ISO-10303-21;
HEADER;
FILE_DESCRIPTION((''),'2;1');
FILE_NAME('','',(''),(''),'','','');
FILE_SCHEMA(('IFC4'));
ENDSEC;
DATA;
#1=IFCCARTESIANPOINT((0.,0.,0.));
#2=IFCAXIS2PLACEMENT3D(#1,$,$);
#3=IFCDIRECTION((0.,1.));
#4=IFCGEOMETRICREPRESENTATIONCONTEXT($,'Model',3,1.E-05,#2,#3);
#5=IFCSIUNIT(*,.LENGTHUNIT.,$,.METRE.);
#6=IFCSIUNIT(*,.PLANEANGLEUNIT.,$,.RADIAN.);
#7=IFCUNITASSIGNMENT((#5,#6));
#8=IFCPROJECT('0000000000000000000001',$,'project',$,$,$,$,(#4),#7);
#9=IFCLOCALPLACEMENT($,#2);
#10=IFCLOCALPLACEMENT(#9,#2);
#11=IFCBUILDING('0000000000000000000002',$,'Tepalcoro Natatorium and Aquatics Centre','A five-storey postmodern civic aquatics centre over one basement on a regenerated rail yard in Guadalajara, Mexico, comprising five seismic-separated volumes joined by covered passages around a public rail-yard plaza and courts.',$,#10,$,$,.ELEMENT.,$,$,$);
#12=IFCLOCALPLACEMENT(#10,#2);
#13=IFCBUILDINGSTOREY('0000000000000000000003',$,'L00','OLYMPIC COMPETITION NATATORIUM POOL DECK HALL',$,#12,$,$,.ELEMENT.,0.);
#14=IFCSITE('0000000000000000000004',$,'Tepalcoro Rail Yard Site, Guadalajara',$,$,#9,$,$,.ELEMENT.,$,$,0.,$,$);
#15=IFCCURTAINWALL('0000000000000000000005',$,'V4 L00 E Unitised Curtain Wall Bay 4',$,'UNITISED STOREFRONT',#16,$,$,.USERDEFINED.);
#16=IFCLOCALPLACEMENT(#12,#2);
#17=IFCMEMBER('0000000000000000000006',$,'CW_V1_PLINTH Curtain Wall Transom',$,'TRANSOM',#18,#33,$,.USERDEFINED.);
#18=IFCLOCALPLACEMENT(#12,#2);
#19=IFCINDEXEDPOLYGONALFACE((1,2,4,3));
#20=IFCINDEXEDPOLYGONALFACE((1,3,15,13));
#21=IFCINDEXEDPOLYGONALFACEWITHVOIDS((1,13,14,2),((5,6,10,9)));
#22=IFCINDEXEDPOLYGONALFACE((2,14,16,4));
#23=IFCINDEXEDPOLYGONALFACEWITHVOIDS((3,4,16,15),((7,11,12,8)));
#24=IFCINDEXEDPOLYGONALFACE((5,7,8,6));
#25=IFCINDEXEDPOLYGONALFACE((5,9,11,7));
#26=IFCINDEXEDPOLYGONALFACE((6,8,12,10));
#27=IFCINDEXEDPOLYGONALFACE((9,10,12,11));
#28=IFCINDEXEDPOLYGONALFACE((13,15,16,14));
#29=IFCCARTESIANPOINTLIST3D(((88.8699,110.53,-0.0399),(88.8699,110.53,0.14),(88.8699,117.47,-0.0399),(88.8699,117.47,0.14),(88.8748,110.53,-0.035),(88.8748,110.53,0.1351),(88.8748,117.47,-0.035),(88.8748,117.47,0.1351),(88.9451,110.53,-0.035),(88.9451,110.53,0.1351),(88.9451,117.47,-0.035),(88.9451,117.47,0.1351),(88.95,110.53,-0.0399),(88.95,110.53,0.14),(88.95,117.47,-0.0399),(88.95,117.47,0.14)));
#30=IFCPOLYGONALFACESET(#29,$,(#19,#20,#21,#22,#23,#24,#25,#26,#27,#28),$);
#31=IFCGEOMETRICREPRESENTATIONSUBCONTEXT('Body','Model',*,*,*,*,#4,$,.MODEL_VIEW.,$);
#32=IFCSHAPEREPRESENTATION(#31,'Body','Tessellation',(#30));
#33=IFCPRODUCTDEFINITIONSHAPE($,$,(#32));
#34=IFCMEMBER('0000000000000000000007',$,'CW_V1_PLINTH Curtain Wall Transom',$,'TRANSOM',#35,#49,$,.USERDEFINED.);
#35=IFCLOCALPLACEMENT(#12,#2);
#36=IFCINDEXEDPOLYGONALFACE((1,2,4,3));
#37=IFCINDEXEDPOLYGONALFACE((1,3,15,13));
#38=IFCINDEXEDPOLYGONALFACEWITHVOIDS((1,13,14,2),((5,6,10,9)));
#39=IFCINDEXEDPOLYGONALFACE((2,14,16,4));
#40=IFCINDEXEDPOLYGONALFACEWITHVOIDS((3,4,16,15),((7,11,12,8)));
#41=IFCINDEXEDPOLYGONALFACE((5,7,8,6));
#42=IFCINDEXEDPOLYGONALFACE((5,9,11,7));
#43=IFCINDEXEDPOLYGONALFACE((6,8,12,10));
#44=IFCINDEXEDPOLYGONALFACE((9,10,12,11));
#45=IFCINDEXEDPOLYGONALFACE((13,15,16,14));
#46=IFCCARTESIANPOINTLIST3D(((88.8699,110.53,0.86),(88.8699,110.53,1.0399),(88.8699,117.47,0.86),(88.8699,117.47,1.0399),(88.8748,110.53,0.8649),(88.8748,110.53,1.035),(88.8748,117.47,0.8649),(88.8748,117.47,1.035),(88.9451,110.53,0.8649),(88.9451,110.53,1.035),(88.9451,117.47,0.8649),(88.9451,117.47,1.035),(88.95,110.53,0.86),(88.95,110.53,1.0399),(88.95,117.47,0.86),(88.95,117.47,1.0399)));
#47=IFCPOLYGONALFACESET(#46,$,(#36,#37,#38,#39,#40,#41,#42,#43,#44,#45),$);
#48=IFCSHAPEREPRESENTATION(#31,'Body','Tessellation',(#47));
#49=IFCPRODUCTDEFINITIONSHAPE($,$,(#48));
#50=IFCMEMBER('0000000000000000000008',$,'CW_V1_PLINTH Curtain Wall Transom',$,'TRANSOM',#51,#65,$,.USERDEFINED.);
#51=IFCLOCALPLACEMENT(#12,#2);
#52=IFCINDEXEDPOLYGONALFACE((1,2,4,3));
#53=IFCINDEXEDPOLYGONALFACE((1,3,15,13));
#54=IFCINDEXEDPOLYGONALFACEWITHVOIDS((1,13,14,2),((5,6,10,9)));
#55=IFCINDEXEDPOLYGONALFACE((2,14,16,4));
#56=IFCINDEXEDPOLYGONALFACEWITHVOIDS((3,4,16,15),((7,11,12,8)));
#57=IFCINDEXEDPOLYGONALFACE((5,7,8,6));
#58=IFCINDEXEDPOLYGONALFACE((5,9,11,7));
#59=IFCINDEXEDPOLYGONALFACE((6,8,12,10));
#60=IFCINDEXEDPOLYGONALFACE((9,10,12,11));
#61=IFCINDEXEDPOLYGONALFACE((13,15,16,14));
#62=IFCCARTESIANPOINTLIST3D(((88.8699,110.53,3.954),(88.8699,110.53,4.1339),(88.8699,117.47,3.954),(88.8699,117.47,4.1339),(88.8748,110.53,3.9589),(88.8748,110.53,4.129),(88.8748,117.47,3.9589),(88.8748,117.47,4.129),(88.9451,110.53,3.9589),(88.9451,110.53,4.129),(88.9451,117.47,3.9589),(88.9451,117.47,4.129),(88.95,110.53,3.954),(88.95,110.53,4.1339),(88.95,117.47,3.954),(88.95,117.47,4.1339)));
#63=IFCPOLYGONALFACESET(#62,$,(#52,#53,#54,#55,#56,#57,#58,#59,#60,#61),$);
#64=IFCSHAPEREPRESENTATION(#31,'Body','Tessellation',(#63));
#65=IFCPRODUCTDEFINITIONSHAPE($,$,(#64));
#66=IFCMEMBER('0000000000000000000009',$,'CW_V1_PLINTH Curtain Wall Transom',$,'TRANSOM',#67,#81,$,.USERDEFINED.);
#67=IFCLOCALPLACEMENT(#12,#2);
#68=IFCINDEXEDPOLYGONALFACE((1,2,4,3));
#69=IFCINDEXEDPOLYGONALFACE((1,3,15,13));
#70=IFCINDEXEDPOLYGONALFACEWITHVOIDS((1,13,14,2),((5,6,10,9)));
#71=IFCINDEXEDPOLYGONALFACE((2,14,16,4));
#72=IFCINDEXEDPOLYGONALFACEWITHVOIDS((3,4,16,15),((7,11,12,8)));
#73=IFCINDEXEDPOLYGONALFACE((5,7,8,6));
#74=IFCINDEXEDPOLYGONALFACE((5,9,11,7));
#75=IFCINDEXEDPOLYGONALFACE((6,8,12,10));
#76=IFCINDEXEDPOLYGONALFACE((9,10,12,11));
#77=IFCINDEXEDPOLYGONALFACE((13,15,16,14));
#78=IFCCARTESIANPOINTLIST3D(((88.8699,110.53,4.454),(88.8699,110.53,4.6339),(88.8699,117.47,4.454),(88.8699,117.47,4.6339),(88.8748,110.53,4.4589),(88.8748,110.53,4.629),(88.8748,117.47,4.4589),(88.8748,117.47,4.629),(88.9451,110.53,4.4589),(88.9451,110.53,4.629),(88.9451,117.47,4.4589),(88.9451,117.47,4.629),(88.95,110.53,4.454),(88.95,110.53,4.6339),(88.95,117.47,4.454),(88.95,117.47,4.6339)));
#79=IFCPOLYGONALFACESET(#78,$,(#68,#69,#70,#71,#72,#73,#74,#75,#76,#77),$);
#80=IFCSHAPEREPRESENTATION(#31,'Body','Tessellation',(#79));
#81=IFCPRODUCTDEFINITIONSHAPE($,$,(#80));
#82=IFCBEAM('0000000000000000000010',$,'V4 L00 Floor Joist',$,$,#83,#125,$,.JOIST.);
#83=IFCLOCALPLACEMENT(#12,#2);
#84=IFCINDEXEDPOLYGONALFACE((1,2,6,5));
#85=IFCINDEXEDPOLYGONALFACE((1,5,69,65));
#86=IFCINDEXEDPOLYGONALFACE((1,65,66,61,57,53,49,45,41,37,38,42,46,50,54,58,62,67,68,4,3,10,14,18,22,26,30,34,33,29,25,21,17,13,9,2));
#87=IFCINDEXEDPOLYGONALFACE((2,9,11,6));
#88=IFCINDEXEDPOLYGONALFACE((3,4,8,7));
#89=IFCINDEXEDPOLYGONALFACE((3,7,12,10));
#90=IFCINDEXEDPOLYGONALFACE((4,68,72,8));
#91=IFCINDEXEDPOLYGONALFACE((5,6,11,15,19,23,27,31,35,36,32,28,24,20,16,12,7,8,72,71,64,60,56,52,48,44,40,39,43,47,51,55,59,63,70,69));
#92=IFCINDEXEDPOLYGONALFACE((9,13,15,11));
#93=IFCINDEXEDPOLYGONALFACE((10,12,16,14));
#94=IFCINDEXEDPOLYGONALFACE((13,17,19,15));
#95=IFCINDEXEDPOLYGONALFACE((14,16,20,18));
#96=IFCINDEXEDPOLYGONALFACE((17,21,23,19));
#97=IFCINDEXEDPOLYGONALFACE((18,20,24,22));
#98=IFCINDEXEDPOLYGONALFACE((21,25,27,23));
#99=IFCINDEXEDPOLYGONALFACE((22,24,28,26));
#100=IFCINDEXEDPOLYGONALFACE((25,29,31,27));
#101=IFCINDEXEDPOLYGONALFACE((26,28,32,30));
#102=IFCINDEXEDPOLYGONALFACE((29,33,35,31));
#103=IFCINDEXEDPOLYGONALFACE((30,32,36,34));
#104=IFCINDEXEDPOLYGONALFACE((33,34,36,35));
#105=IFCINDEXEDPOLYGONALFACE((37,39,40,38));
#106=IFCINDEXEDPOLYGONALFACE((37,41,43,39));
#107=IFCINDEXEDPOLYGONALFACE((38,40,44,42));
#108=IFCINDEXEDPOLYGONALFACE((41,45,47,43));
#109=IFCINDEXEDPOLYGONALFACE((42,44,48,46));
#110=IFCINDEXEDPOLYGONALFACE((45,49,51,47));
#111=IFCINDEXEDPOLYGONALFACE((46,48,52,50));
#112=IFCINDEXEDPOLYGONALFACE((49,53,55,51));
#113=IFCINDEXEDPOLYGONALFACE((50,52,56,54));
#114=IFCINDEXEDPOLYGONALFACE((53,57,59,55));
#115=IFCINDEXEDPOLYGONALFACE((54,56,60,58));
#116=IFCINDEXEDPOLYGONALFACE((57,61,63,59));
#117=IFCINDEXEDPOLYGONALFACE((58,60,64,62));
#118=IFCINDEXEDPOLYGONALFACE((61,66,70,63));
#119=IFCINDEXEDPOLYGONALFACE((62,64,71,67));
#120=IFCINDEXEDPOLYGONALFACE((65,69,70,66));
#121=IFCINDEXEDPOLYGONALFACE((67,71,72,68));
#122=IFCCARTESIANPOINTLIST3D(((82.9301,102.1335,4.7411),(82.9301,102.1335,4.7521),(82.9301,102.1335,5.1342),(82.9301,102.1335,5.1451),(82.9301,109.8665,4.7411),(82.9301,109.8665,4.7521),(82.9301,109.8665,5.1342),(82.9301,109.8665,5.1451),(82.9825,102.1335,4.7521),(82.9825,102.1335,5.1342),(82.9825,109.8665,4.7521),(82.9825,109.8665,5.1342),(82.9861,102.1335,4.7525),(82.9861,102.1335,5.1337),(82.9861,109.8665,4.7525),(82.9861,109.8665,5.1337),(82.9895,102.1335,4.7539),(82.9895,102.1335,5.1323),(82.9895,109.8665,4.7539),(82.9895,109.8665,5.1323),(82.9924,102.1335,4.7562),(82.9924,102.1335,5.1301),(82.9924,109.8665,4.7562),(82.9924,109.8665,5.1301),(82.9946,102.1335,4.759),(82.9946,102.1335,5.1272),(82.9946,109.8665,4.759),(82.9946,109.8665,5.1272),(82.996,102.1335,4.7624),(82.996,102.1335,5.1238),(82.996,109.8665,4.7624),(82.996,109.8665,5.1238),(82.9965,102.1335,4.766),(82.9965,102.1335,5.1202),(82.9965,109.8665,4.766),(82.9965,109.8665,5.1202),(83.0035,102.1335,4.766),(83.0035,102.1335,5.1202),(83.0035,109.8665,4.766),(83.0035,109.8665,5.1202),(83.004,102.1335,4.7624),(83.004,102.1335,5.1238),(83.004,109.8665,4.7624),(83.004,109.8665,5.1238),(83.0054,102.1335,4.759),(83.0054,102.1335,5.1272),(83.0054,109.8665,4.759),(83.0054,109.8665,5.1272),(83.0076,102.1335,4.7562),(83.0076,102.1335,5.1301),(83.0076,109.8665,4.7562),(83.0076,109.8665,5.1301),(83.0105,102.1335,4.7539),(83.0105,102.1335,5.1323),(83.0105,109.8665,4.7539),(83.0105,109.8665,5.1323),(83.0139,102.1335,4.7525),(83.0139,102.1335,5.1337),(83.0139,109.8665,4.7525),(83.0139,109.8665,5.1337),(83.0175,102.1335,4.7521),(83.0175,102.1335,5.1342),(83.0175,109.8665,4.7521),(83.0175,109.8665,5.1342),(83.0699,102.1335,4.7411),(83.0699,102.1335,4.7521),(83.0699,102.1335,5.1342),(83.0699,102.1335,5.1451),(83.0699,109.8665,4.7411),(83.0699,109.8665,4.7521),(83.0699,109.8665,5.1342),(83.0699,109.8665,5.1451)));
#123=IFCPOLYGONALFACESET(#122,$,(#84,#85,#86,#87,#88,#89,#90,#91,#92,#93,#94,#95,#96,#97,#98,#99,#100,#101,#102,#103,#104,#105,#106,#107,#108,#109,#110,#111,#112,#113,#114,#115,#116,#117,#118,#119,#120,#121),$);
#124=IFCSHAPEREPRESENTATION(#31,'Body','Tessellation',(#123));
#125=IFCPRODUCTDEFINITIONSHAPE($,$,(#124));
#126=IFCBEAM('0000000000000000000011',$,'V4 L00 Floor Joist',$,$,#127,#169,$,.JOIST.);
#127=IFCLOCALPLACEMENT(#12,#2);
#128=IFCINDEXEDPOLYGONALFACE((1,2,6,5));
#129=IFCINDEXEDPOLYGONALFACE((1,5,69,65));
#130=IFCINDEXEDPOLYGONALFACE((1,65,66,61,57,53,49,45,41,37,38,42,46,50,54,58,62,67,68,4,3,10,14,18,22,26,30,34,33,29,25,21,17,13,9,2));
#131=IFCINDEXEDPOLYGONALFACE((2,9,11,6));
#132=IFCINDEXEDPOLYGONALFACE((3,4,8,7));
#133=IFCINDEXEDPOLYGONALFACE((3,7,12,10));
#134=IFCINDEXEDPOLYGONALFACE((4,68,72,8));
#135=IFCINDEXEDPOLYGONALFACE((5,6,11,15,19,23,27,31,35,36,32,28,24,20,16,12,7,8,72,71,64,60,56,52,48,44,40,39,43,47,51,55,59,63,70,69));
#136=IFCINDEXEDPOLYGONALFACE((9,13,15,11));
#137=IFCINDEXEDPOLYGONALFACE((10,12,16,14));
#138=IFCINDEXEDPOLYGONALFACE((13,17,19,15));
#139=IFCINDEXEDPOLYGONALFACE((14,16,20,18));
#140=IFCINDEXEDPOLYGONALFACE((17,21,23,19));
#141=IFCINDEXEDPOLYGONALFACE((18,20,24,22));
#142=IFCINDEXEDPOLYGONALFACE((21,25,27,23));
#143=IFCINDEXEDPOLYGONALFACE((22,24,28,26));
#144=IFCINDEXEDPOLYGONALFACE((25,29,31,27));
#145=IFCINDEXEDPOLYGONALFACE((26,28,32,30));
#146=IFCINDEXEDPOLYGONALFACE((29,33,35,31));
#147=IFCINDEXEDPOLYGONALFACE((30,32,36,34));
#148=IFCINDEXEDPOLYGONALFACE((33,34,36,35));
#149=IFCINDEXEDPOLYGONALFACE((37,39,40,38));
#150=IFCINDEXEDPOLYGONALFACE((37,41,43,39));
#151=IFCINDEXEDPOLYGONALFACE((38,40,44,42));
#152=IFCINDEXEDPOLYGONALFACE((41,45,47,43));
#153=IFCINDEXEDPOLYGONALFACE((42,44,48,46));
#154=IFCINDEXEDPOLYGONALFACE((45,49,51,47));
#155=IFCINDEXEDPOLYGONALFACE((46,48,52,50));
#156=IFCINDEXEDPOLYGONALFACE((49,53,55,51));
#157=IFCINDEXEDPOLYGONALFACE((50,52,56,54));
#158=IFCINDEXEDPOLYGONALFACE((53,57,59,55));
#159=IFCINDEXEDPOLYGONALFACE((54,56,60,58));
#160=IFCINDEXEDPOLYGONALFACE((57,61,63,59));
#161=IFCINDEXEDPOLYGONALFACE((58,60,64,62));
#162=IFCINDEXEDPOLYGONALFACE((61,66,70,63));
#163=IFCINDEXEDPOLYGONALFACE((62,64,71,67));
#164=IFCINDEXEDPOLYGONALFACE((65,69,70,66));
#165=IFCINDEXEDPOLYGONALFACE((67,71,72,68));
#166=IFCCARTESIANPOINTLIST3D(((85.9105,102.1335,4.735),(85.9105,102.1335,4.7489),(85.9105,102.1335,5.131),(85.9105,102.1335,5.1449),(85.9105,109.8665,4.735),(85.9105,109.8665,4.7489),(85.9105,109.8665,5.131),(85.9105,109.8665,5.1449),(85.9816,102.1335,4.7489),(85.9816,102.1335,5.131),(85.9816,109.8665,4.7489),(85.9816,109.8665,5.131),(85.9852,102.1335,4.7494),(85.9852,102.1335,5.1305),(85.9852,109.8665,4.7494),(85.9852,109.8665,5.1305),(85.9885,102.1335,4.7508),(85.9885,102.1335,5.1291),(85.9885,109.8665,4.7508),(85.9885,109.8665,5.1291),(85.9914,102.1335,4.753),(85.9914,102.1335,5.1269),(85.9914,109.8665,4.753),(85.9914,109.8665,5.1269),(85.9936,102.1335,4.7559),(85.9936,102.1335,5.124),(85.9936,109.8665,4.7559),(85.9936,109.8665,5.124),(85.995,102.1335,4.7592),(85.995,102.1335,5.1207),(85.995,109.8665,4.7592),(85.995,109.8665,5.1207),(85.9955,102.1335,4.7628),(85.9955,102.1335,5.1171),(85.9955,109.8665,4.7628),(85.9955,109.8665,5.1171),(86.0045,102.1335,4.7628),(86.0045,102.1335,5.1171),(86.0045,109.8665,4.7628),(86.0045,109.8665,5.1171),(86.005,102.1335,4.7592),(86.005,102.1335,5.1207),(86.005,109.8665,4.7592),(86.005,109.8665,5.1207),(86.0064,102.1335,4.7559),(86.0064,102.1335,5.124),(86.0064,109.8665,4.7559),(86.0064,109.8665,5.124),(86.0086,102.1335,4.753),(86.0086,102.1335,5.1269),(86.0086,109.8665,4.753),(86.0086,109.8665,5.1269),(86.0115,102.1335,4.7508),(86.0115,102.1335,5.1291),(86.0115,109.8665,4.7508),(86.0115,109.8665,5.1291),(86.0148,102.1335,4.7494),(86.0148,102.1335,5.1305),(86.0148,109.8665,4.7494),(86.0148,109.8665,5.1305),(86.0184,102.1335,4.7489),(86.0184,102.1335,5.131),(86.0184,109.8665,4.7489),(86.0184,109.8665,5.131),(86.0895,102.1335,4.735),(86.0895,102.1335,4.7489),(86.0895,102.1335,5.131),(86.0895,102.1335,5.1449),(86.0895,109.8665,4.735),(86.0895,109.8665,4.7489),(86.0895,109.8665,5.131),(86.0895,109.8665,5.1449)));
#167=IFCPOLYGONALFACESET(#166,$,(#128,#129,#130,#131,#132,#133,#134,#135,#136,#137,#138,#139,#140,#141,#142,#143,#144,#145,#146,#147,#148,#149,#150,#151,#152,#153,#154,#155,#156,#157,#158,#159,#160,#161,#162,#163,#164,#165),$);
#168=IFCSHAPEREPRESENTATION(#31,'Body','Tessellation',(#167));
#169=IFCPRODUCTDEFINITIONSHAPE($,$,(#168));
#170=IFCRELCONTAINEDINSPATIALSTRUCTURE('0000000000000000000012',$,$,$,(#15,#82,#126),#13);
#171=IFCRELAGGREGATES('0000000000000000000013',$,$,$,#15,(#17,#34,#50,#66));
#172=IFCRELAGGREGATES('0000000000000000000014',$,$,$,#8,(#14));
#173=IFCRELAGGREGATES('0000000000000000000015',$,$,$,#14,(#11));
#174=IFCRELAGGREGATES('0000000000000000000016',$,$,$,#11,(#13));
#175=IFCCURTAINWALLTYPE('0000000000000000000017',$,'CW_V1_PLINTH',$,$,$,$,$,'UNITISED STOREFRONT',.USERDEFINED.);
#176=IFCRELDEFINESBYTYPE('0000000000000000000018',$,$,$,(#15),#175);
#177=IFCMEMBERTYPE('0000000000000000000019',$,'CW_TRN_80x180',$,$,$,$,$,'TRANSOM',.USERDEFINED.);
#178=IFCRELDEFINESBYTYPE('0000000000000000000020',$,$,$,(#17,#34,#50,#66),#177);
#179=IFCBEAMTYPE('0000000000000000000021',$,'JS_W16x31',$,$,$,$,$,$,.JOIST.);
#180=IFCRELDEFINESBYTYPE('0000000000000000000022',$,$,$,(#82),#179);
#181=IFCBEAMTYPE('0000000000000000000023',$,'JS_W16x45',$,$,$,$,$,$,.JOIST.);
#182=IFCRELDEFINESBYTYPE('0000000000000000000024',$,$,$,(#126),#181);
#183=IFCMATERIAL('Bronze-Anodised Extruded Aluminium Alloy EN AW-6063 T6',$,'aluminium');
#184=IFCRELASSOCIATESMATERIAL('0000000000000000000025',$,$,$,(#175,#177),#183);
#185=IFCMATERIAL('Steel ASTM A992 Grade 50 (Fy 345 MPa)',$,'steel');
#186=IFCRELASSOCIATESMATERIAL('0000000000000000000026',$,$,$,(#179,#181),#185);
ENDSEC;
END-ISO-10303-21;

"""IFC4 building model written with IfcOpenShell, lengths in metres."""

from ifc_helpers import new_model, si_unit, direction, frame, origin, origin_2d, place, context, subcontext, project, spatial, hollow_rectangle, i_section, extrude, material, material_profile, profile_set, type_object, element, aggregate, save


model = new_model("IFC4")

# Units and contexts
model_context = context("Model", 3, precision=1e-05, world=origin(), true_north=direction((0.0, 1.0)))
body_context = subcontext(model_context, "Body", "Model", "MODEL_VIEW")
ifc_project = project(units=[si_unit("LENGTHUNIT", "METRE"), si_unit("PLANEANGLEUNIT", "RADIAN")], contexts=[model_context])

# Site, building, storey
site_placement = place(None, origin())
site = spatial("IfcSite", under=ifc_project, at=site_placement, Name="Tepalcoro Rail Yard Site, Guadalajara", CompositionType="ELEMENT", RefElevation=0.0)
building_placement = place(site_placement, origin())
building = spatial("IfcBuilding", under=site, at=building_placement, Name="Tepalcoro Natatorium and Aquatics Centre", Description="A five-storey postmodern civic aquatics centre over one basement on a regenerated rail yard in Guadalajara, Mexico, comprising five seismic-separated volumes joined by covered passages around a public rail-yard plaza and courts.", CompositionType="ELEMENT")
storey_placement = place(building_placement, origin())
storey = spatial("IfcBuildingStorey", under=building, at=storey_placement, Name="L00", Description="OLYMPIC COMPETITION NATATORIUM POOL DECK HALL", CompositionType="ELEMENT", Elevation=0.0)

# Shared definitions
ifc_material_1 = material(Name="Steel ASTM A992 Grade 50 (Fy 345 MPa)", Category="steel")

# Shared definitions
ifc_material_2 = material(Name="Bronze-Anodised Extruded Aluminium Alloy EN AW-6063 T6", Category="aluminium")

# Curtain wall
curtain_wall_type_1 = type_object("IfcCurtainWallType", Name="CW_V1_PLINTH", ElementType="UNITISED STOREFRONT", PredefinedType="USERDEFINED", material=ifc_material_2)
curtain_wall_1_placement = place(storey_placement, origin())
curtain_wall_1 = element("IfcCurtainWall", 1, at=curtain_wall_1_placement, inside=storey, type_object=curtain_wall_type_1, Name="V4 L00 E Unitised Curtain Wall Bay 4", ObjectType="UNITISED STOREFRONT", PredefinedType="USERDEFINED")

# Members
ifc_material_profile_1 = material_profile(ifc_material_2, hollow_rectangle(XDim=0.0801, YDim=0.1799, WallThickness=0.0049, at=origin_2d()), Name="AL80X180X5")
ifc_profile_set_1 = profile_set([ifc_material_profile_1], Name="Bronze-Anodised Extruded Aluminium Alloy EN AW-6063 T6")
member_type_1 = type_object("IfcMemberType", Name="CW_TRN_80x180", ElementType="TRANSOM", PredefinedType="USERDEFINED", material=ifc_profile_set_1)
member_1_placement = place(storey_placement, frame((88.9099, 110.53, 0.05), z_axis=(0.0, 1.0, 0.0), x_axis=(-1.0, 0.0, 0.0)))
member_1 = element("IfcMember", 2, at=member_1_placement, type_object=member_type_1, Name="CW_V1_PLINTH Curtain Wall Transom", ObjectType="TRANSOM", PredefinedType="USERDEFINED", context=body_context, shape_type="SweptSolid", body=[
    extrude(hollow_rectangle(XDim=0.0801, YDim=0.1799, WallThickness=0.0049, at=origin_2d()), origin(), (0.0, 0.0, 1.0), 6.9399),
])
member_2_placement = place(storey_placement, frame((88.9099, 110.53, 0.95), z_axis=(0.0, 1.0, 0.0), x_axis=(-1.0, 0.0, 0.0)))
member_2 = element("IfcMember", 3, at=member_2_placement, type_object=member_type_1, Name="CW_V1_PLINTH Curtain Wall Transom", ObjectType="TRANSOM", PredefinedType="USERDEFINED", context=body_context, shape_type="SweptSolid", body=[
    extrude(hollow_rectangle(XDim=0.0801, YDim=0.1799, WallThickness=0.0049, at=origin_2d()), origin(), (0.0, 0.0, 1.0), 6.9399),
])
member_3_placement = place(storey_placement, frame((88.9099, 110.53, 4.0439), z_axis=(0.0, 1.0, 0.0), x_axis=(-1.0, 0.0, 0.0)))
member_3 = element("IfcMember", 4, at=member_3_placement, type_object=member_type_1, Name="CW_V1_PLINTH Curtain Wall Transom", ObjectType="TRANSOM", PredefinedType="USERDEFINED", context=body_context, shape_type="SweptSolid", body=[
    extrude(hollow_rectangle(XDim=0.0801, YDim=0.1799, WallThickness=0.0049, at=origin_2d()), origin(), (0.0, 0.0, 1.0), 6.9399),
])
member_4_placement = place(storey_placement, frame((88.9099, 110.53, 4.5439), z_axis=(0.0, 1.0, 0.0), x_axis=(-1.0, 0.0, 0.0)))
member_4 = element("IfcMember", 5, at=member_4_placement, type_object=member_type_1, Name="CW_V1_PLINTH Curtain Wall Transom", ObjectType="TRANSOM", PredefinedType="USERDEFINED", context=body_context, shape_type="SweptSolid", body=[
    extrude(hollow_rectangle(XDim=0.0801, YDim=0.1799, WallThickness=0.0049, at=origin_2d()), origin(), (0.0, 0.0, 1.0), 6.9399),
])

# Beams
ifc_material_profile_2 = material_profile(ifc_material_1, i_section(OverallWidth=0.1399, OverallDepth=0.4041, WebThickness=0.0071, FlangeThickness=0.011, FilletRadius=0.0139, at=origin_2d()), Name="W16X31")
ifc_profile_set_2 = profile_set([ifc_material_profile_2], Name="Steel ASTM A992 Grade 50 (Fy 345 MPa)")
beam_type_1 = type_object("IfcBeamType", Name="JS_W16x31", PredefinedType="JOIST", material=ifc_profile_set_2)
beam_1_placement = place(storey_placement, frame((83.0, 102.1335, 4.9431), z_axis=(0.0, 1.0, 0.0), x_axis=(-1.0, 0.0, 0.0)))
element("IfcBeam", 6, at=beam_1_placement, inside=storey, type_object=beam_type_1, Name="V4 L00 Floor Joist", PredefinedType="JOIST", context=body_context, shape_type="SweptSolid", body=[
    extrude(i_section(OverallWidth=0.1399, OverallDepth=0.4041, WebThickness=0.0071, FlangeThickness=0.011, FilletRadius=0.0139, at=origin_2d()), origin(), (0.0, 0.0, 1.0), 7.7329),
])
ifc_material_profile_3 = material_profile(ifc_material_1, i_section(OverallWidth=0.179, OverallDepth=0.4099, WebThickness=0.009, FlangeThickness=0.0139, FilletRadius=0.0139, at=origin_2d()), Name="W16X45")
ifc_profile_set_3 = profile_set([ifc_material_profile_3], Name="Steel ASTM A992 Grade 50 (Fy 345 MPa)")
beam_type_2 = type_object("IfcBeamType", Name="JS_W16x45", PredefinedType="JOIST", material=ifc_profile_set_3)
beam_2_placement = place(storey_placement, frame((86.0, 102.1335, 4.9399), z_axis=(0.0, 1.0, 0.0), x_axis=(-1.0, 0.0, 0.0)))
element("IfcBeam", 7, at=beam_2_placement, inside=storey, type_object=beam_type_2, Name="V4 L00 Floor Joist", PredefinedType="JOIST", context=body_context, shape_type="SweptSolid", body=[
    extrude(i_section(OverallWidth=0.179, OverallDepth=0.4099, WebThickness=0.009, FlangeThickness=0.0139, FilletRadius=0.0139, at=origin_2d()), origin(), (0.0, 0.0, 1.0), 7.7329),
])

aggregate(curtain_wall_1, [member_1, member_2, member_3, member_4])

save(model, "model.ifc")
